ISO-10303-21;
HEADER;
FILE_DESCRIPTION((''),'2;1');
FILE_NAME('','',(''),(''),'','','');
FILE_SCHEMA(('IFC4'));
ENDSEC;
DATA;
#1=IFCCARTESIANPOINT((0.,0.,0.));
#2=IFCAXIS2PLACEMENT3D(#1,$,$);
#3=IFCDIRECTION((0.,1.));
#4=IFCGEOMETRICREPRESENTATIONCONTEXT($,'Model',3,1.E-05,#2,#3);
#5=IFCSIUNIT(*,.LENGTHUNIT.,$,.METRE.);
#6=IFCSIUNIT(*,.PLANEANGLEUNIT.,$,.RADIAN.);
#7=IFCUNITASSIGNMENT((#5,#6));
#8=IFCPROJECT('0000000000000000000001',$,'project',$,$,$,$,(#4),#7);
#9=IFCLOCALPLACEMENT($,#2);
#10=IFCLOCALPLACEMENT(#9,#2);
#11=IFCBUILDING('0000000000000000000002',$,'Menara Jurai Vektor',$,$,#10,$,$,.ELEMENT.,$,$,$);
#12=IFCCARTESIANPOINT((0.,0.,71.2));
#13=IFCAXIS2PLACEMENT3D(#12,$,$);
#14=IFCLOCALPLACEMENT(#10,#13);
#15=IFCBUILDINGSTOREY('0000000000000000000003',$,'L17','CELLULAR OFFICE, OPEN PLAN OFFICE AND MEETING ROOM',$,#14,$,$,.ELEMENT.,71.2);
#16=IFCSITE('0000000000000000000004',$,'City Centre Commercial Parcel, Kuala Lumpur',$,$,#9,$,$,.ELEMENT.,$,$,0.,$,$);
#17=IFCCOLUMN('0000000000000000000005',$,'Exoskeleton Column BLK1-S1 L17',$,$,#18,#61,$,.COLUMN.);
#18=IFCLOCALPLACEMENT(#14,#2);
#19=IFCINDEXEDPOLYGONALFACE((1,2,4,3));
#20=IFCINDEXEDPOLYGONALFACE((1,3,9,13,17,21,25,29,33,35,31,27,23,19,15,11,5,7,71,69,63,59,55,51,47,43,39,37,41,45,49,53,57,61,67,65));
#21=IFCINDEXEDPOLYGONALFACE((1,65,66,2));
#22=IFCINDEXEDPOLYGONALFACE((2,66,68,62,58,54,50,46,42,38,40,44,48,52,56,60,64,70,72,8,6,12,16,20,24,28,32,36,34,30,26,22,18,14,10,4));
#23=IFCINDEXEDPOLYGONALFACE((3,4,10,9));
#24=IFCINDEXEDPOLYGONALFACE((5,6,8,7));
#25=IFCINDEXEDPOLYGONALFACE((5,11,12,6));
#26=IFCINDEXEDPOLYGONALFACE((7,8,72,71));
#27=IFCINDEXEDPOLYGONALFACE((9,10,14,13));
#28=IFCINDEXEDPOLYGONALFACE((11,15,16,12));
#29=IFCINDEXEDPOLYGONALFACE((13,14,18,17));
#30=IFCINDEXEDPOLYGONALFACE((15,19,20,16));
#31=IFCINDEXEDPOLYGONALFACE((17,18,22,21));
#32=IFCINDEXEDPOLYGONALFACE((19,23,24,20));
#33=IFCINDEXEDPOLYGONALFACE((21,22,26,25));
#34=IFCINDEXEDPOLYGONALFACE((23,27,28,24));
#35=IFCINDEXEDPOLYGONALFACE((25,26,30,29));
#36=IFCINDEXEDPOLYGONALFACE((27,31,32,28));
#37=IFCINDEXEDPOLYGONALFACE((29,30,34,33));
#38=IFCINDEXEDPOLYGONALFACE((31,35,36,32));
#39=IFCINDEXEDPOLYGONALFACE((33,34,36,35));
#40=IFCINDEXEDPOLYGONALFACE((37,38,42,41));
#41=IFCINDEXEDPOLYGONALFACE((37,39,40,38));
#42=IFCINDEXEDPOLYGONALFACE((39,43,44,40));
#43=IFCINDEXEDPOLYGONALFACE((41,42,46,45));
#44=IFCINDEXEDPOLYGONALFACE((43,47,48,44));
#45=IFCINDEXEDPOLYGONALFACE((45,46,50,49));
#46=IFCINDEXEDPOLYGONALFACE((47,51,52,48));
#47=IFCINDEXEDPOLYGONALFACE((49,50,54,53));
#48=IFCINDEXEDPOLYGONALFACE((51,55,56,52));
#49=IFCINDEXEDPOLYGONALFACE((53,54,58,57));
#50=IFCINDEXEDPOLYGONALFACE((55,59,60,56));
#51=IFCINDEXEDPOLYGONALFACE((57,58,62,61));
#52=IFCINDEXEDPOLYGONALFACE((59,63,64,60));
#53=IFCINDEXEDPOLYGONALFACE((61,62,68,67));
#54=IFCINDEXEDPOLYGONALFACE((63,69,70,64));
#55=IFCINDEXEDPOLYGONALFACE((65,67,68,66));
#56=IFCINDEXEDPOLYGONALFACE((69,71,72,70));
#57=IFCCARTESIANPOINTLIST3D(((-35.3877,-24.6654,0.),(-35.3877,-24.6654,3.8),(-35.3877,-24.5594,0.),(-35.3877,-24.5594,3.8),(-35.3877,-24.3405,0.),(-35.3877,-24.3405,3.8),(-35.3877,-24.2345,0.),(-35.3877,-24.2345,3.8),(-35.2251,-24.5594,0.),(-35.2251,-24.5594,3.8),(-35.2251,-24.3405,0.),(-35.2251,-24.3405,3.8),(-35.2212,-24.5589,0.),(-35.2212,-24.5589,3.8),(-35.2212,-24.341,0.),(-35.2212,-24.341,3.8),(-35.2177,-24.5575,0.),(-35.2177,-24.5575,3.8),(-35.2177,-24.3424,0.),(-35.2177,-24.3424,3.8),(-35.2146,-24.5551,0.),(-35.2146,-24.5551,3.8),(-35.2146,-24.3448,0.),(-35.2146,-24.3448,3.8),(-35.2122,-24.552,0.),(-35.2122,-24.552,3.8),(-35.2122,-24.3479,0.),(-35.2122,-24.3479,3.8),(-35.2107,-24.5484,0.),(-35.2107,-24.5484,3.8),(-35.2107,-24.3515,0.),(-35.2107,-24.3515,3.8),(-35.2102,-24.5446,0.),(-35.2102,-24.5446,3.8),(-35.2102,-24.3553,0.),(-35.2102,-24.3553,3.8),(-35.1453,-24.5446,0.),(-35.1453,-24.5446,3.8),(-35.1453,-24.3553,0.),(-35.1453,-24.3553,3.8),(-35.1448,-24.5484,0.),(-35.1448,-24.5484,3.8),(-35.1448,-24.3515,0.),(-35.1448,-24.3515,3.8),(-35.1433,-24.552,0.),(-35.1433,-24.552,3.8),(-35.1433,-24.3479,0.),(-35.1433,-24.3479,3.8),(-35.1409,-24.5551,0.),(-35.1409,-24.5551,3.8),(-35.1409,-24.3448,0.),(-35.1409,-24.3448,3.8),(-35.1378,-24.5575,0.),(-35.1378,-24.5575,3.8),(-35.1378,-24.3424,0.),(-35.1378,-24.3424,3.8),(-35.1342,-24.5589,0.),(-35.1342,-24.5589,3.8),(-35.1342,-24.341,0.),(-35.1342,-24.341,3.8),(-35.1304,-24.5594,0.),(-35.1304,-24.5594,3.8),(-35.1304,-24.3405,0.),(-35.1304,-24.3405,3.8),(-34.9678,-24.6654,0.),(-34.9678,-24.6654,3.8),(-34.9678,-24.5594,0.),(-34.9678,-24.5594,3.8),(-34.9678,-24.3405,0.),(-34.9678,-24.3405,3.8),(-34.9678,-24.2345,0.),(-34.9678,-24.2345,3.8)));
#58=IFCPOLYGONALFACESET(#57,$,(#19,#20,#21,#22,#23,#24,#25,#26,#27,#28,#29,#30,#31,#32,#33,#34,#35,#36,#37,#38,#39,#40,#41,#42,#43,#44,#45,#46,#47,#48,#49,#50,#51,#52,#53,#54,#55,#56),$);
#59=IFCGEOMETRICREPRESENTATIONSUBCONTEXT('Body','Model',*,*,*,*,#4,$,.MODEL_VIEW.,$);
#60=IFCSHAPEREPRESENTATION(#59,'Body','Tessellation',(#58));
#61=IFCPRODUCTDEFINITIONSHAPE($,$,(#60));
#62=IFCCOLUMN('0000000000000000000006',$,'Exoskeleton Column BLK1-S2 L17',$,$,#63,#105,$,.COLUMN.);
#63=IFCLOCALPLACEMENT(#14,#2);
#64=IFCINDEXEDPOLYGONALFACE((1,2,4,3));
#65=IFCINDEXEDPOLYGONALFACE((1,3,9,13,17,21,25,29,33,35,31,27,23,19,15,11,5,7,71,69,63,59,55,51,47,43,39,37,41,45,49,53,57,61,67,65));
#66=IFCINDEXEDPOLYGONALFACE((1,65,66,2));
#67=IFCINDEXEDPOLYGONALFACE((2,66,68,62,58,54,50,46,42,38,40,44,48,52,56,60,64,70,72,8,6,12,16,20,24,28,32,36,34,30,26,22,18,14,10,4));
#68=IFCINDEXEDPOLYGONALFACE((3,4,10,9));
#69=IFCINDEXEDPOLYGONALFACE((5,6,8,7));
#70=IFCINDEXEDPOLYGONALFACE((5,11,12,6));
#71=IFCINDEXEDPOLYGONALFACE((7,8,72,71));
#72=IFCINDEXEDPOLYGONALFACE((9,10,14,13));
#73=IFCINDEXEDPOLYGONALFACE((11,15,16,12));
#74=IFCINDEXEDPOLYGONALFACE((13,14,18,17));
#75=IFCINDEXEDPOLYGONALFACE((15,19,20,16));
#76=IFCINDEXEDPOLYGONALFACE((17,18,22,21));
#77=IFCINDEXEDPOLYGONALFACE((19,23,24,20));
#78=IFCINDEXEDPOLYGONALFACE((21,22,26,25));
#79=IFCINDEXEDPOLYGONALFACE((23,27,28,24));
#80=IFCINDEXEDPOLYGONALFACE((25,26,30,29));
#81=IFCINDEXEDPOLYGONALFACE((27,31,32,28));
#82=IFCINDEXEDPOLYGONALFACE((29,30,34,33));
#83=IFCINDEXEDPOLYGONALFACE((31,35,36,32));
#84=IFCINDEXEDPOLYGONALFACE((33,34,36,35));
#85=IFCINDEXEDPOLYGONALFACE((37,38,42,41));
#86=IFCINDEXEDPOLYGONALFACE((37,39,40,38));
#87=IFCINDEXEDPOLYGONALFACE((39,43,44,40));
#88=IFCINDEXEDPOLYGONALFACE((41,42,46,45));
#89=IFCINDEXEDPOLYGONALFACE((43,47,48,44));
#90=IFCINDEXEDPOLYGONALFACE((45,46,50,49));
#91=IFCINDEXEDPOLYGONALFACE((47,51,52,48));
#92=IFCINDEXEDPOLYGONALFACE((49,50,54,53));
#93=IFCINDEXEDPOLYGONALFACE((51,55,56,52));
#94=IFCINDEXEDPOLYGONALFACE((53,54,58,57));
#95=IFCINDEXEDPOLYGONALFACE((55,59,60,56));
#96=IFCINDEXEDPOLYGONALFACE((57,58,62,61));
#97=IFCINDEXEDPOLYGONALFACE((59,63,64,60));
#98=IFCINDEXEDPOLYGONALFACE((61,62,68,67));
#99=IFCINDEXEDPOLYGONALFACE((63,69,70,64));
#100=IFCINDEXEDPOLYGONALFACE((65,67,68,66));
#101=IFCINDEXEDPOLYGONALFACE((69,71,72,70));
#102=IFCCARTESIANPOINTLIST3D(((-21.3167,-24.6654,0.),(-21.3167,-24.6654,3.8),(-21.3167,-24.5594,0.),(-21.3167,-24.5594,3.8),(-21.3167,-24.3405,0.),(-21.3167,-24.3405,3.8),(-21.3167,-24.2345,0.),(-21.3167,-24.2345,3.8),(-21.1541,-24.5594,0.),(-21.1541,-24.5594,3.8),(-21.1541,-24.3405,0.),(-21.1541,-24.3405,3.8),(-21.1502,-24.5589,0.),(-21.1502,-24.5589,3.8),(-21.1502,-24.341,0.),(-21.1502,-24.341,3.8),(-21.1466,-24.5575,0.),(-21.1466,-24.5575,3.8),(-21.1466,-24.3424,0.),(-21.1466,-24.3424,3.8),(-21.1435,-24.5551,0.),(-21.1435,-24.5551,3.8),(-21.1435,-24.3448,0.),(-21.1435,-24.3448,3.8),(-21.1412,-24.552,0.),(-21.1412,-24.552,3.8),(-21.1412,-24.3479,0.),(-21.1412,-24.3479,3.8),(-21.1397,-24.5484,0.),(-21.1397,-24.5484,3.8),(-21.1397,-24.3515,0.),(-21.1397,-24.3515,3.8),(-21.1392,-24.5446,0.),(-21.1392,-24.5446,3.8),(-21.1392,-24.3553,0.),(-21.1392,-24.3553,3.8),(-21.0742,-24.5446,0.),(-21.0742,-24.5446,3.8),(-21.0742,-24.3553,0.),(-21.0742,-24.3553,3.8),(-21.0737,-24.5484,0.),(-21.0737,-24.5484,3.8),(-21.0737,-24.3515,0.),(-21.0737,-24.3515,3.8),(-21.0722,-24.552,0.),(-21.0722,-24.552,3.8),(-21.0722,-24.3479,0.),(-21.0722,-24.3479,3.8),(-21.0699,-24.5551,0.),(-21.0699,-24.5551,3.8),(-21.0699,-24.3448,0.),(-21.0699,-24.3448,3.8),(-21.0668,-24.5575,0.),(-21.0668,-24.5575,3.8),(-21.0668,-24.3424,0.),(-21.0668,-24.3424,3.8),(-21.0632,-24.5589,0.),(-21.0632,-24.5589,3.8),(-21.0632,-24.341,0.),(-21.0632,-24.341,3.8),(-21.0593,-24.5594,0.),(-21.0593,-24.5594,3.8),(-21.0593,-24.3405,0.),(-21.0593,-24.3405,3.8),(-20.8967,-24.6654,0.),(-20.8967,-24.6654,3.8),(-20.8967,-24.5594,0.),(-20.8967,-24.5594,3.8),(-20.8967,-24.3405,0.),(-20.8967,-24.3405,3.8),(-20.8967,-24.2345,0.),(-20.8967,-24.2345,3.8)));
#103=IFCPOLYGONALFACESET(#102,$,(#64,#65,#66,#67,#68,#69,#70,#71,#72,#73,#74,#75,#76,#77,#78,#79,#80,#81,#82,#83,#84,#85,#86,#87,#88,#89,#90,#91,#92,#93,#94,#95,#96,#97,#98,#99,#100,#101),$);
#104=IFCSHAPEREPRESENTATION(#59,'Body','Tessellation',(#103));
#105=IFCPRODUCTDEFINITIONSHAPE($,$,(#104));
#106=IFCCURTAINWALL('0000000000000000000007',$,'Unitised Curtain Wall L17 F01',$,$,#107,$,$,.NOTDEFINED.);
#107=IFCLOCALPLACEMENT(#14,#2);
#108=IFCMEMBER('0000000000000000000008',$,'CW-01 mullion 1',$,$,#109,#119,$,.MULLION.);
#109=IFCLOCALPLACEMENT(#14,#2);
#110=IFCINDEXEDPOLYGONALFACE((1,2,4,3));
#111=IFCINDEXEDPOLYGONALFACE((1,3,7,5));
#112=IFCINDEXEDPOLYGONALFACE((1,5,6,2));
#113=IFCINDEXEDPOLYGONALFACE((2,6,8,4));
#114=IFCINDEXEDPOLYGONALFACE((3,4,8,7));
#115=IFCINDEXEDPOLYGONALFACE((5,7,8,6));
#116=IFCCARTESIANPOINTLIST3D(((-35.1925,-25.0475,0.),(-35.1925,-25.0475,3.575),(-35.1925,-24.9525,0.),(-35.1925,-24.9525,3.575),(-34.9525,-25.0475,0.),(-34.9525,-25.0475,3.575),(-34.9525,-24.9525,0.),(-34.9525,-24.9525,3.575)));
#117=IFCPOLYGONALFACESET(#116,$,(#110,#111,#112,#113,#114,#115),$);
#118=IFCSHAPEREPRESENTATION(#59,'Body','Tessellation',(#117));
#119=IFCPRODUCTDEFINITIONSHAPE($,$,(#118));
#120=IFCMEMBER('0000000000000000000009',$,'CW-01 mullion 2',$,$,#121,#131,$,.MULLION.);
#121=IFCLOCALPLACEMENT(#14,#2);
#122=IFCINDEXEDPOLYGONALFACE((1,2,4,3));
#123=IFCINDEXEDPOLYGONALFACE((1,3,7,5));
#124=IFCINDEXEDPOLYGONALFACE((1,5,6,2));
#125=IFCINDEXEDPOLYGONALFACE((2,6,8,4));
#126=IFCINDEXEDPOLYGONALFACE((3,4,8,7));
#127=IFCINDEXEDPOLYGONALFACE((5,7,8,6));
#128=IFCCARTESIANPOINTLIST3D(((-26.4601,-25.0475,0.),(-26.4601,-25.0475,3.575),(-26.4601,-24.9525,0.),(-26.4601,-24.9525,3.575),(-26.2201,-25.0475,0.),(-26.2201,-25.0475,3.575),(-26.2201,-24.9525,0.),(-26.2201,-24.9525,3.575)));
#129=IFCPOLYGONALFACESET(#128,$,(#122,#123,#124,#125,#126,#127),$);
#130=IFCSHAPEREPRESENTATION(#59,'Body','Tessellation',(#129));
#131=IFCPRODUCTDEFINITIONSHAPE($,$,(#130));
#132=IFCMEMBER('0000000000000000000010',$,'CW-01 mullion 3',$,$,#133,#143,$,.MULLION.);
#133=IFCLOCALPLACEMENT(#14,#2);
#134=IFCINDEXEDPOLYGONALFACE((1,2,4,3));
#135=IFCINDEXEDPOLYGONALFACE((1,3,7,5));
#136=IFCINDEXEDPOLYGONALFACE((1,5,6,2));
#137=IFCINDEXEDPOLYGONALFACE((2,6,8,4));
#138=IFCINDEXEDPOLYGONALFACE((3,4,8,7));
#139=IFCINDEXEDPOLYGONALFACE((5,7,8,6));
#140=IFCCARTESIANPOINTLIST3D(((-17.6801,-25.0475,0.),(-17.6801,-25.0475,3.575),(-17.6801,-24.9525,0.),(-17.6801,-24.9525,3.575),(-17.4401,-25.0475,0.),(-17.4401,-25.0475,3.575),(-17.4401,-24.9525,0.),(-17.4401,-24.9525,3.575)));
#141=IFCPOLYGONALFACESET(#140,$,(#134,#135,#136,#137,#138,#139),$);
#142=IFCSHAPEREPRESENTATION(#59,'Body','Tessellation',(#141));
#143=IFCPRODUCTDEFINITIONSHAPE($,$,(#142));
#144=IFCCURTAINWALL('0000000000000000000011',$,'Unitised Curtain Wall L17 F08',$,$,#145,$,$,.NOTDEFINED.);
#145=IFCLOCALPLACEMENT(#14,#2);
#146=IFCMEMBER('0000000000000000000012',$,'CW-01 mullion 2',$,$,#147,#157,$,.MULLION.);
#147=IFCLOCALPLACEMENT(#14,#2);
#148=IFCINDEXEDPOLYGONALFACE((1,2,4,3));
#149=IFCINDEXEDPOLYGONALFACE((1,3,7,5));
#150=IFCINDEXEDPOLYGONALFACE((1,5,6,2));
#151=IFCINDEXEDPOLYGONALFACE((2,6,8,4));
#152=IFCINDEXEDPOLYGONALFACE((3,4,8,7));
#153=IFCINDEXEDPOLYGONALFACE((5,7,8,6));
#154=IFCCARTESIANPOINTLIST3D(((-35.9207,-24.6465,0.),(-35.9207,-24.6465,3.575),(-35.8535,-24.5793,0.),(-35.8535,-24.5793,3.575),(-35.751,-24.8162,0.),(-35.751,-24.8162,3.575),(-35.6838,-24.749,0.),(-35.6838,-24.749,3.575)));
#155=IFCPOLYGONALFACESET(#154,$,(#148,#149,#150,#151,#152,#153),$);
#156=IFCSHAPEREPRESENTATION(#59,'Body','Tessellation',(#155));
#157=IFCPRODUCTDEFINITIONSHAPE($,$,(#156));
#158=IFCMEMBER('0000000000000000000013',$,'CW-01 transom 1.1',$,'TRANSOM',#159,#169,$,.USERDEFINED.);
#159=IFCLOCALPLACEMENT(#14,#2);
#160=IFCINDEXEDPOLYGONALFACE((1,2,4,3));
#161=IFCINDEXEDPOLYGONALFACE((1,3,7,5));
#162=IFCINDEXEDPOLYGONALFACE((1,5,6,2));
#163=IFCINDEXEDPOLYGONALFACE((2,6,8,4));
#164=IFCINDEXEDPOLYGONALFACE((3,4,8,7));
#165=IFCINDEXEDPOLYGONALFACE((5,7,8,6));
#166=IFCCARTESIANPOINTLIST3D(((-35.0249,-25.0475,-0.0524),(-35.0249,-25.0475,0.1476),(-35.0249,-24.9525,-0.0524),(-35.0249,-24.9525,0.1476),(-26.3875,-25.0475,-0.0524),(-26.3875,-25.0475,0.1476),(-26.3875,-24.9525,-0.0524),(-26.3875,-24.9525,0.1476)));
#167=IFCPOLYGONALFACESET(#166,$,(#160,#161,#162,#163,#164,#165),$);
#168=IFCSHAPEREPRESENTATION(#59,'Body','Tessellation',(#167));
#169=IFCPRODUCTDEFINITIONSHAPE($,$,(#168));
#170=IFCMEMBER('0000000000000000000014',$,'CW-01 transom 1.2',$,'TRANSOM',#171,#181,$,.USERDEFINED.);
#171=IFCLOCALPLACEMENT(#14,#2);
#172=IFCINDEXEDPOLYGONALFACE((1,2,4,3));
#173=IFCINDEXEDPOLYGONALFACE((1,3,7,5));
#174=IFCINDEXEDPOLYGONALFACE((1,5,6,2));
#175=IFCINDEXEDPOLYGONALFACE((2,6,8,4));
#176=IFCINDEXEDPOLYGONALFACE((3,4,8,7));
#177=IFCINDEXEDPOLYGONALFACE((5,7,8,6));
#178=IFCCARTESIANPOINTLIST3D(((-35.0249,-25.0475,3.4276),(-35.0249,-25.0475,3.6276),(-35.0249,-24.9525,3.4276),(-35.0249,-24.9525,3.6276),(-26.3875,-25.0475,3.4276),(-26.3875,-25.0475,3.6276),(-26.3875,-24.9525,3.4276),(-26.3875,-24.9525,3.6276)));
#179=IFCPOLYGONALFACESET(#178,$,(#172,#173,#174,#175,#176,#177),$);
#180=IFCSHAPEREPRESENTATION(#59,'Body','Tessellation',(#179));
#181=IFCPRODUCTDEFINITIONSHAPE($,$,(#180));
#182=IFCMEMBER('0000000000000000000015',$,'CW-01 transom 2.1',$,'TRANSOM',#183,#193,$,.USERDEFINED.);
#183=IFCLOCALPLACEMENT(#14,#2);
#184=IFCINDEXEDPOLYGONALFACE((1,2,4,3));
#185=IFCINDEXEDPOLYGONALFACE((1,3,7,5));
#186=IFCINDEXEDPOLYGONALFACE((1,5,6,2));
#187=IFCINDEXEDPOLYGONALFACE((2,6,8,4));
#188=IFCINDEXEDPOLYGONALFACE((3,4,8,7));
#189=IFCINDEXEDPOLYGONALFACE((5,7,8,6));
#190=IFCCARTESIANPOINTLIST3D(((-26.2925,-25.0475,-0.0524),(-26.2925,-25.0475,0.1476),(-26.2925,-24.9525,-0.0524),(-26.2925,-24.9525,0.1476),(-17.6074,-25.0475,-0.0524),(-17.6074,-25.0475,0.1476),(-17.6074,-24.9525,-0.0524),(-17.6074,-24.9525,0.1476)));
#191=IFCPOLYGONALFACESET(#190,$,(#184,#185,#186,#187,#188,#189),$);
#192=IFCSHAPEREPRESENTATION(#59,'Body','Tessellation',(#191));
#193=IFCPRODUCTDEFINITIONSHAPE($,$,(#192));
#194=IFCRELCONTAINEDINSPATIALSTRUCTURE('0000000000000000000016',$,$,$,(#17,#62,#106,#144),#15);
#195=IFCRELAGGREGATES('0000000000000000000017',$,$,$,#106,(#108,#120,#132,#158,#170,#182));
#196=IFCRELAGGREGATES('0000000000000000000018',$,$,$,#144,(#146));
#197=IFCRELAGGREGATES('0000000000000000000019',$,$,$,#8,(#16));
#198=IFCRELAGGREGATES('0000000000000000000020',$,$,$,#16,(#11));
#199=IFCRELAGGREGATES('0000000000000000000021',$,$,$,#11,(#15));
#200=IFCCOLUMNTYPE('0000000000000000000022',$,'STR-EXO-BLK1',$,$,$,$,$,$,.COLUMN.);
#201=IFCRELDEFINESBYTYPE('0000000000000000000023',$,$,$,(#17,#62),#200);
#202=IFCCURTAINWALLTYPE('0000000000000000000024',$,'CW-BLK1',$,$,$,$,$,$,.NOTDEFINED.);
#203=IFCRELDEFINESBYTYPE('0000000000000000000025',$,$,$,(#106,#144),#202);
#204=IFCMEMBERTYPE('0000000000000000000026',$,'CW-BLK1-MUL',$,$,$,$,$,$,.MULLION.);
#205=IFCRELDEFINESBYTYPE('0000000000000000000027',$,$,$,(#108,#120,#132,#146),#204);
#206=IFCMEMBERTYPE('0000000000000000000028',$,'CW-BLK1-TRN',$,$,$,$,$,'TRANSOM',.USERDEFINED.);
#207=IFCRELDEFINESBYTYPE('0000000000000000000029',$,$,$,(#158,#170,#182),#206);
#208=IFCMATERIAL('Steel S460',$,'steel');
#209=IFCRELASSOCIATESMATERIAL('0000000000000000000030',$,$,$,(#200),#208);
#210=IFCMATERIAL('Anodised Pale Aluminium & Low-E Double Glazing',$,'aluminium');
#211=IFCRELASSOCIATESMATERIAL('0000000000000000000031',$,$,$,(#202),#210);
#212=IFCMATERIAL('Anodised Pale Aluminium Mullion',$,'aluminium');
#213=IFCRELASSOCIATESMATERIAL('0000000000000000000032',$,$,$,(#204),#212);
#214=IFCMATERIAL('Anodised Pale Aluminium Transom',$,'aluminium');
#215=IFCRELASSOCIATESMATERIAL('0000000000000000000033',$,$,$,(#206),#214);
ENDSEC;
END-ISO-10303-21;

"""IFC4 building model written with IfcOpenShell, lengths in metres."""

from ifc_helpers import new_model, si_unit, direction, frame, origin, origin_2d, place, context, subcontext, project, spatial, rectangle, i_section, extrude, material, material_profile, profile_set, type_object, element, aggregate, save


model = new_model("IFC4")

# Units and contexts
model_context = context("Model", 3, precision=1e-05, world=origin(), true_north=direction((0.0, 1.0)))
body_context = subcontext(model_context, "Body", "Model", "MODEL_VIEW")
ifc_project = project(units=[si_unit("LENGTHUNIT", "METRE"), si_unit("PLANEANGLEUNIT", "RADIAN")], contexts=[model_context])

# Site, building, storey
site_placement = place(None, origin())
site = spatial("IfcSite", under=ifc_project, at=site_placement, Name="City Centre Commercial Parcel, Kuala Lumpur", CompositionType="ELEMENT", RefElevation=0.0)
building_placement = place(site_placement, origin())
building = spatial("IfcBuilding", under=site, at=building_placement, Name="Menara Jurai Vektor", CompositionType="ELEMENT")
storey_placement = place(building_placement, frame((0.0, 0.0, 71.2)))
storey = spatial("IfcBuildingStorey", under=building, at=storey_placement, Name="L17", Description="CELLULAR OFFICE, OPEN PLAN OFFICE AND MEETING ROOM", CompositionType="ELEMENT", Elevation=71.2)

# Columns
ifc_material_1 = material(Name="Steel S460", Category="steel")
ifc_material_profile_1 = material_profile(ifc_material_1, i_section(OverallWidth=0.4199, OverallDepth=0.4309, WebThickness=0.0649, FlangeThickness=0.106, FilletRadius=0.0149, at=origin_2d()), Name="HD 400x900")
ifc_profile_set_1 = profile_set([ifc_material_profile_1], Name="Steel S460")
column_type = type_object("IfcColumnType", Name="STR-EXO-BLK1", PredefinedType="COLUMN", material=ifc_profile_set_1)
for number, where, z_axis, x_axis, name in (
    (1, (-35.1777, -24.45, 0.0), (0.0, 0.0, 1.0), (1.0, 0.0, 0.0), "Exoskeleton Column BLK1-S1 L17"),
    (2, (-21.1067, -24.45, 0.0), (0.0, 0.0, 1.0), (1.0, 0.0, 0.0), "Exoskeleton Column BLK1-S2 L17"),
):
    element("IfcColumn", number, at=place(storey_placement, frame(where, z_axis=z_axis, x_axis=x_axis)), inside=storey, type_object=column_type, Name=name, PredefinedType="COLUMN", context=body_context, shape_type="SweptSolid", body=[
        extrude(i_section(OverallWidth=0.4199, OverallDepth=0.4309, WebThickness=0.0649, FlangeThickness=0.106, FilletRadius=0.0149, at=origin_2d()), origin(), (0.0, 0.0, 1.0), 3.8),
    ])

# Curtain wall, members
ifc_material_2 = material(Name="Anodised Pale Aluminium & Low-E Double Glazing", Category="aluminium")
curtain_wall_type = type_object("IfcCurtainWallType", Name="CW-BLK1", PredefinedType="NOTDEFINED", material=ifc_material_2)
curtain_wall_1_placement = place(storey_placement, origin())
curtain_wall_1 = element("IfcCurtainWall", 3, at=curtain_wall_1_placement, inside=storey, type_object=curtain_wall_type, Name="Unitised Curtain Wall L17 F01", PredefinedType="NOTDEFINED")
ifc_material_3 = material(Name="Anodised Pale Aluminium Mullion", Category="aluminium")
ifc_material_profile_2 = material_profile(ifc_material_3, rectangle(XDim=0.095, YDim=0.24, at=origin_2d()), Name="ALU MUL 95x240")
ifc_profile_set_2 = profile_set([ifc_material_profile_2], Name="Anodised Pale Aluminium Mullion")
member_type_1 = type_object("IfcMemberType", Name="CW-BLK1-MUL", PredefinedType="MULLION", material=ifc_profile_set_2)
member_1_placement = place(storey_placement, frame((-35.0725, -25.0, 0.0), z_axis=(0.0, 0.0, 1.0), x_axis=(0.0, 1.0, 0.0)))
member_1 = element("IfcMember", 4, at=member_1_placement, type_object=member_type_1, Name="CW-01 mullion 1", PredefinedType="MULLION", context=body_context, shape_type="SweptSolid", body=[
    extrude(rectangle(XDim=0.095, YDim=0.24, at=origin_2d()), origin(), (0.0, 0.0, 1.0), 3.575),
])
member_2_placement = place(storey_placement, frame((-26.3401, -25.0, 0.0), z_axis=(0.0, 0.0, 1.0), x_axis=(0.0, 1.0, 0.0)))
member_2 = element("IfcMember", 5, at=member_2_placement, type_object=member_type_1, Name="CW-01 mullion 2", PredefinedType="MULLION", context=body_context, shape_type="SweptSolid", body=[
    extrude(rectangle(XDim=0.095, YDim=0.24, at=origin_2d()), origin(), (0.0, 0.0, 1.0), 3.575),
])
member_3_placement = place(storey_placement, frame((-17.5601, -25.0, 0.0), z_axis=(0.0, 0.0, 1.0), x_axis=(0.0, 1.0, 0.0)))
member_3 = element("IfcMember", 6, at=member_3_placement, type_object=member_type_1, Name="CW-01 mullion 3", PredefinedType="MULLION", context=body_context, shape_type="SweptSolid", body=[
    extrude(rectangle(XDim=0.095, YDim=0.24, at=origin_2d()), origin(), (0.0, 0.0, 1.0), 3.575),
])

# Curtain wall, member
curtain_wall_2_placement = place(storey_placement, origin())
curtain_wall_2 = element("IfcCurtainWall", 7, at=curtain_wall_2_placement, inside=storey, type_object=curtain_wall_type, Name="Unitised Curtain Wall L17 F08", PredefinedType="NOTDEFINED")
member_4_placement = place(storey_placement, frame((-35.8022, -24.6978, 0.0), z_axis=(0.0, 0.0, 1.0), x_axis=(0.707107, 0.707107, 0.0)))
member_4 = element("IfcMember", 8, at=member_4_placement, type_object=member_type_1, Name="CW-01 mullion 2", PredefinedType="MULLION", context=body_context, shape_type="SweptSolid", body=[
    extrude(rectangle(XDim=0.095, YDim=0.24, at=origin_2d()), origin(), (0.0, 0.0, 1.0), 3.575),
])

# Members
ifc_material_4 = material(Name="Anodised Pale Aluminium Transom", Category="aluminium")
ifc_material_profile_3 = material_profile(ifc_material_4, rectangle(XDim=0.095, YDim=0.2, at=origin_2d()), Name="ALU TRN 95x200")
ifc_profile_set_3 = profile_set([ifc_material_profile_3], Name="Anodised Pale Aluminium Transom")
member_type_2 = type_object("IfcMemberType", Name="CW-BLK1-TRN", ElementType="TRANSOM", PredefinedType="USERDEFINED", material=ifc_profile_set_3)
member_5_placement = place(storey_placement, frame((-35.0249, -25.0, 0.0476), z_axis=(1.0, 0.0, 0.0), x_axis=(0.0, 1.0, 0.0)))
member_5 = element("IfcMember", 9, at=member_5_placement, type_object=member_type_2, Name="CW-01 transom 1.1", ObjectType="TRANSOM", PredefinedType="USERDEFINED", context=body_context, shape_type="SweptSolid", body=[
    extrude(rectangle(XDim=0.095, YDim=0.2, at=origin_2d()), origin(), (0.0, 0.0, 1.0), 8.6375),
])
member_6_placement = place(storey_placement, frame((-35.0249, -25.0, 3.5276), z_axis=(1.0, 0.0, 0.0), x_axis=(0.0, 1.0, 0.0)))
member_6 = element("IfcMember", 10, at=member_6_placement, type_object=member_type_2, Name="CW-01 transom 1.2", ObjectType="TRANSOM", PredefinedType="USERDEFINED", context=body_context, shape_type="SweptSolid", body=[
    extrude(rectangle(XDim=0.095, YDim=0.2, at=origin_2d()), origin(), (0.0, 0.0, 1.0), 8.6375),
])
member_7_placement = place(storey_placement, frame((-26.2925, -25.0, 0.0476), z_axis=(1.0, 0.0, 0.0), x_axis=(0.0, 1.0, 0.0)))
member_7 = element("IfcMember", 11, at=member_7_placement, type_object=member_type_2, Name="CW-01 transom 2.1", ObjectType="TRANSOM", PredefinedType="USERDEFINED", context=body_context, shape_type="SweptSolid", body=[
    extrude(rectangle(XDim=0.095, YDim=0.2, at=origin_2d()), origin(), (0.0, 0.0, 1.0), 8.6851),
])

aggregate(curtain_wall_1, [member_1, member_2, member_3, member_5, member_6, member_7])
aggregate(curtain_wall_2, [member_4])

save(model, "model.ifc")
